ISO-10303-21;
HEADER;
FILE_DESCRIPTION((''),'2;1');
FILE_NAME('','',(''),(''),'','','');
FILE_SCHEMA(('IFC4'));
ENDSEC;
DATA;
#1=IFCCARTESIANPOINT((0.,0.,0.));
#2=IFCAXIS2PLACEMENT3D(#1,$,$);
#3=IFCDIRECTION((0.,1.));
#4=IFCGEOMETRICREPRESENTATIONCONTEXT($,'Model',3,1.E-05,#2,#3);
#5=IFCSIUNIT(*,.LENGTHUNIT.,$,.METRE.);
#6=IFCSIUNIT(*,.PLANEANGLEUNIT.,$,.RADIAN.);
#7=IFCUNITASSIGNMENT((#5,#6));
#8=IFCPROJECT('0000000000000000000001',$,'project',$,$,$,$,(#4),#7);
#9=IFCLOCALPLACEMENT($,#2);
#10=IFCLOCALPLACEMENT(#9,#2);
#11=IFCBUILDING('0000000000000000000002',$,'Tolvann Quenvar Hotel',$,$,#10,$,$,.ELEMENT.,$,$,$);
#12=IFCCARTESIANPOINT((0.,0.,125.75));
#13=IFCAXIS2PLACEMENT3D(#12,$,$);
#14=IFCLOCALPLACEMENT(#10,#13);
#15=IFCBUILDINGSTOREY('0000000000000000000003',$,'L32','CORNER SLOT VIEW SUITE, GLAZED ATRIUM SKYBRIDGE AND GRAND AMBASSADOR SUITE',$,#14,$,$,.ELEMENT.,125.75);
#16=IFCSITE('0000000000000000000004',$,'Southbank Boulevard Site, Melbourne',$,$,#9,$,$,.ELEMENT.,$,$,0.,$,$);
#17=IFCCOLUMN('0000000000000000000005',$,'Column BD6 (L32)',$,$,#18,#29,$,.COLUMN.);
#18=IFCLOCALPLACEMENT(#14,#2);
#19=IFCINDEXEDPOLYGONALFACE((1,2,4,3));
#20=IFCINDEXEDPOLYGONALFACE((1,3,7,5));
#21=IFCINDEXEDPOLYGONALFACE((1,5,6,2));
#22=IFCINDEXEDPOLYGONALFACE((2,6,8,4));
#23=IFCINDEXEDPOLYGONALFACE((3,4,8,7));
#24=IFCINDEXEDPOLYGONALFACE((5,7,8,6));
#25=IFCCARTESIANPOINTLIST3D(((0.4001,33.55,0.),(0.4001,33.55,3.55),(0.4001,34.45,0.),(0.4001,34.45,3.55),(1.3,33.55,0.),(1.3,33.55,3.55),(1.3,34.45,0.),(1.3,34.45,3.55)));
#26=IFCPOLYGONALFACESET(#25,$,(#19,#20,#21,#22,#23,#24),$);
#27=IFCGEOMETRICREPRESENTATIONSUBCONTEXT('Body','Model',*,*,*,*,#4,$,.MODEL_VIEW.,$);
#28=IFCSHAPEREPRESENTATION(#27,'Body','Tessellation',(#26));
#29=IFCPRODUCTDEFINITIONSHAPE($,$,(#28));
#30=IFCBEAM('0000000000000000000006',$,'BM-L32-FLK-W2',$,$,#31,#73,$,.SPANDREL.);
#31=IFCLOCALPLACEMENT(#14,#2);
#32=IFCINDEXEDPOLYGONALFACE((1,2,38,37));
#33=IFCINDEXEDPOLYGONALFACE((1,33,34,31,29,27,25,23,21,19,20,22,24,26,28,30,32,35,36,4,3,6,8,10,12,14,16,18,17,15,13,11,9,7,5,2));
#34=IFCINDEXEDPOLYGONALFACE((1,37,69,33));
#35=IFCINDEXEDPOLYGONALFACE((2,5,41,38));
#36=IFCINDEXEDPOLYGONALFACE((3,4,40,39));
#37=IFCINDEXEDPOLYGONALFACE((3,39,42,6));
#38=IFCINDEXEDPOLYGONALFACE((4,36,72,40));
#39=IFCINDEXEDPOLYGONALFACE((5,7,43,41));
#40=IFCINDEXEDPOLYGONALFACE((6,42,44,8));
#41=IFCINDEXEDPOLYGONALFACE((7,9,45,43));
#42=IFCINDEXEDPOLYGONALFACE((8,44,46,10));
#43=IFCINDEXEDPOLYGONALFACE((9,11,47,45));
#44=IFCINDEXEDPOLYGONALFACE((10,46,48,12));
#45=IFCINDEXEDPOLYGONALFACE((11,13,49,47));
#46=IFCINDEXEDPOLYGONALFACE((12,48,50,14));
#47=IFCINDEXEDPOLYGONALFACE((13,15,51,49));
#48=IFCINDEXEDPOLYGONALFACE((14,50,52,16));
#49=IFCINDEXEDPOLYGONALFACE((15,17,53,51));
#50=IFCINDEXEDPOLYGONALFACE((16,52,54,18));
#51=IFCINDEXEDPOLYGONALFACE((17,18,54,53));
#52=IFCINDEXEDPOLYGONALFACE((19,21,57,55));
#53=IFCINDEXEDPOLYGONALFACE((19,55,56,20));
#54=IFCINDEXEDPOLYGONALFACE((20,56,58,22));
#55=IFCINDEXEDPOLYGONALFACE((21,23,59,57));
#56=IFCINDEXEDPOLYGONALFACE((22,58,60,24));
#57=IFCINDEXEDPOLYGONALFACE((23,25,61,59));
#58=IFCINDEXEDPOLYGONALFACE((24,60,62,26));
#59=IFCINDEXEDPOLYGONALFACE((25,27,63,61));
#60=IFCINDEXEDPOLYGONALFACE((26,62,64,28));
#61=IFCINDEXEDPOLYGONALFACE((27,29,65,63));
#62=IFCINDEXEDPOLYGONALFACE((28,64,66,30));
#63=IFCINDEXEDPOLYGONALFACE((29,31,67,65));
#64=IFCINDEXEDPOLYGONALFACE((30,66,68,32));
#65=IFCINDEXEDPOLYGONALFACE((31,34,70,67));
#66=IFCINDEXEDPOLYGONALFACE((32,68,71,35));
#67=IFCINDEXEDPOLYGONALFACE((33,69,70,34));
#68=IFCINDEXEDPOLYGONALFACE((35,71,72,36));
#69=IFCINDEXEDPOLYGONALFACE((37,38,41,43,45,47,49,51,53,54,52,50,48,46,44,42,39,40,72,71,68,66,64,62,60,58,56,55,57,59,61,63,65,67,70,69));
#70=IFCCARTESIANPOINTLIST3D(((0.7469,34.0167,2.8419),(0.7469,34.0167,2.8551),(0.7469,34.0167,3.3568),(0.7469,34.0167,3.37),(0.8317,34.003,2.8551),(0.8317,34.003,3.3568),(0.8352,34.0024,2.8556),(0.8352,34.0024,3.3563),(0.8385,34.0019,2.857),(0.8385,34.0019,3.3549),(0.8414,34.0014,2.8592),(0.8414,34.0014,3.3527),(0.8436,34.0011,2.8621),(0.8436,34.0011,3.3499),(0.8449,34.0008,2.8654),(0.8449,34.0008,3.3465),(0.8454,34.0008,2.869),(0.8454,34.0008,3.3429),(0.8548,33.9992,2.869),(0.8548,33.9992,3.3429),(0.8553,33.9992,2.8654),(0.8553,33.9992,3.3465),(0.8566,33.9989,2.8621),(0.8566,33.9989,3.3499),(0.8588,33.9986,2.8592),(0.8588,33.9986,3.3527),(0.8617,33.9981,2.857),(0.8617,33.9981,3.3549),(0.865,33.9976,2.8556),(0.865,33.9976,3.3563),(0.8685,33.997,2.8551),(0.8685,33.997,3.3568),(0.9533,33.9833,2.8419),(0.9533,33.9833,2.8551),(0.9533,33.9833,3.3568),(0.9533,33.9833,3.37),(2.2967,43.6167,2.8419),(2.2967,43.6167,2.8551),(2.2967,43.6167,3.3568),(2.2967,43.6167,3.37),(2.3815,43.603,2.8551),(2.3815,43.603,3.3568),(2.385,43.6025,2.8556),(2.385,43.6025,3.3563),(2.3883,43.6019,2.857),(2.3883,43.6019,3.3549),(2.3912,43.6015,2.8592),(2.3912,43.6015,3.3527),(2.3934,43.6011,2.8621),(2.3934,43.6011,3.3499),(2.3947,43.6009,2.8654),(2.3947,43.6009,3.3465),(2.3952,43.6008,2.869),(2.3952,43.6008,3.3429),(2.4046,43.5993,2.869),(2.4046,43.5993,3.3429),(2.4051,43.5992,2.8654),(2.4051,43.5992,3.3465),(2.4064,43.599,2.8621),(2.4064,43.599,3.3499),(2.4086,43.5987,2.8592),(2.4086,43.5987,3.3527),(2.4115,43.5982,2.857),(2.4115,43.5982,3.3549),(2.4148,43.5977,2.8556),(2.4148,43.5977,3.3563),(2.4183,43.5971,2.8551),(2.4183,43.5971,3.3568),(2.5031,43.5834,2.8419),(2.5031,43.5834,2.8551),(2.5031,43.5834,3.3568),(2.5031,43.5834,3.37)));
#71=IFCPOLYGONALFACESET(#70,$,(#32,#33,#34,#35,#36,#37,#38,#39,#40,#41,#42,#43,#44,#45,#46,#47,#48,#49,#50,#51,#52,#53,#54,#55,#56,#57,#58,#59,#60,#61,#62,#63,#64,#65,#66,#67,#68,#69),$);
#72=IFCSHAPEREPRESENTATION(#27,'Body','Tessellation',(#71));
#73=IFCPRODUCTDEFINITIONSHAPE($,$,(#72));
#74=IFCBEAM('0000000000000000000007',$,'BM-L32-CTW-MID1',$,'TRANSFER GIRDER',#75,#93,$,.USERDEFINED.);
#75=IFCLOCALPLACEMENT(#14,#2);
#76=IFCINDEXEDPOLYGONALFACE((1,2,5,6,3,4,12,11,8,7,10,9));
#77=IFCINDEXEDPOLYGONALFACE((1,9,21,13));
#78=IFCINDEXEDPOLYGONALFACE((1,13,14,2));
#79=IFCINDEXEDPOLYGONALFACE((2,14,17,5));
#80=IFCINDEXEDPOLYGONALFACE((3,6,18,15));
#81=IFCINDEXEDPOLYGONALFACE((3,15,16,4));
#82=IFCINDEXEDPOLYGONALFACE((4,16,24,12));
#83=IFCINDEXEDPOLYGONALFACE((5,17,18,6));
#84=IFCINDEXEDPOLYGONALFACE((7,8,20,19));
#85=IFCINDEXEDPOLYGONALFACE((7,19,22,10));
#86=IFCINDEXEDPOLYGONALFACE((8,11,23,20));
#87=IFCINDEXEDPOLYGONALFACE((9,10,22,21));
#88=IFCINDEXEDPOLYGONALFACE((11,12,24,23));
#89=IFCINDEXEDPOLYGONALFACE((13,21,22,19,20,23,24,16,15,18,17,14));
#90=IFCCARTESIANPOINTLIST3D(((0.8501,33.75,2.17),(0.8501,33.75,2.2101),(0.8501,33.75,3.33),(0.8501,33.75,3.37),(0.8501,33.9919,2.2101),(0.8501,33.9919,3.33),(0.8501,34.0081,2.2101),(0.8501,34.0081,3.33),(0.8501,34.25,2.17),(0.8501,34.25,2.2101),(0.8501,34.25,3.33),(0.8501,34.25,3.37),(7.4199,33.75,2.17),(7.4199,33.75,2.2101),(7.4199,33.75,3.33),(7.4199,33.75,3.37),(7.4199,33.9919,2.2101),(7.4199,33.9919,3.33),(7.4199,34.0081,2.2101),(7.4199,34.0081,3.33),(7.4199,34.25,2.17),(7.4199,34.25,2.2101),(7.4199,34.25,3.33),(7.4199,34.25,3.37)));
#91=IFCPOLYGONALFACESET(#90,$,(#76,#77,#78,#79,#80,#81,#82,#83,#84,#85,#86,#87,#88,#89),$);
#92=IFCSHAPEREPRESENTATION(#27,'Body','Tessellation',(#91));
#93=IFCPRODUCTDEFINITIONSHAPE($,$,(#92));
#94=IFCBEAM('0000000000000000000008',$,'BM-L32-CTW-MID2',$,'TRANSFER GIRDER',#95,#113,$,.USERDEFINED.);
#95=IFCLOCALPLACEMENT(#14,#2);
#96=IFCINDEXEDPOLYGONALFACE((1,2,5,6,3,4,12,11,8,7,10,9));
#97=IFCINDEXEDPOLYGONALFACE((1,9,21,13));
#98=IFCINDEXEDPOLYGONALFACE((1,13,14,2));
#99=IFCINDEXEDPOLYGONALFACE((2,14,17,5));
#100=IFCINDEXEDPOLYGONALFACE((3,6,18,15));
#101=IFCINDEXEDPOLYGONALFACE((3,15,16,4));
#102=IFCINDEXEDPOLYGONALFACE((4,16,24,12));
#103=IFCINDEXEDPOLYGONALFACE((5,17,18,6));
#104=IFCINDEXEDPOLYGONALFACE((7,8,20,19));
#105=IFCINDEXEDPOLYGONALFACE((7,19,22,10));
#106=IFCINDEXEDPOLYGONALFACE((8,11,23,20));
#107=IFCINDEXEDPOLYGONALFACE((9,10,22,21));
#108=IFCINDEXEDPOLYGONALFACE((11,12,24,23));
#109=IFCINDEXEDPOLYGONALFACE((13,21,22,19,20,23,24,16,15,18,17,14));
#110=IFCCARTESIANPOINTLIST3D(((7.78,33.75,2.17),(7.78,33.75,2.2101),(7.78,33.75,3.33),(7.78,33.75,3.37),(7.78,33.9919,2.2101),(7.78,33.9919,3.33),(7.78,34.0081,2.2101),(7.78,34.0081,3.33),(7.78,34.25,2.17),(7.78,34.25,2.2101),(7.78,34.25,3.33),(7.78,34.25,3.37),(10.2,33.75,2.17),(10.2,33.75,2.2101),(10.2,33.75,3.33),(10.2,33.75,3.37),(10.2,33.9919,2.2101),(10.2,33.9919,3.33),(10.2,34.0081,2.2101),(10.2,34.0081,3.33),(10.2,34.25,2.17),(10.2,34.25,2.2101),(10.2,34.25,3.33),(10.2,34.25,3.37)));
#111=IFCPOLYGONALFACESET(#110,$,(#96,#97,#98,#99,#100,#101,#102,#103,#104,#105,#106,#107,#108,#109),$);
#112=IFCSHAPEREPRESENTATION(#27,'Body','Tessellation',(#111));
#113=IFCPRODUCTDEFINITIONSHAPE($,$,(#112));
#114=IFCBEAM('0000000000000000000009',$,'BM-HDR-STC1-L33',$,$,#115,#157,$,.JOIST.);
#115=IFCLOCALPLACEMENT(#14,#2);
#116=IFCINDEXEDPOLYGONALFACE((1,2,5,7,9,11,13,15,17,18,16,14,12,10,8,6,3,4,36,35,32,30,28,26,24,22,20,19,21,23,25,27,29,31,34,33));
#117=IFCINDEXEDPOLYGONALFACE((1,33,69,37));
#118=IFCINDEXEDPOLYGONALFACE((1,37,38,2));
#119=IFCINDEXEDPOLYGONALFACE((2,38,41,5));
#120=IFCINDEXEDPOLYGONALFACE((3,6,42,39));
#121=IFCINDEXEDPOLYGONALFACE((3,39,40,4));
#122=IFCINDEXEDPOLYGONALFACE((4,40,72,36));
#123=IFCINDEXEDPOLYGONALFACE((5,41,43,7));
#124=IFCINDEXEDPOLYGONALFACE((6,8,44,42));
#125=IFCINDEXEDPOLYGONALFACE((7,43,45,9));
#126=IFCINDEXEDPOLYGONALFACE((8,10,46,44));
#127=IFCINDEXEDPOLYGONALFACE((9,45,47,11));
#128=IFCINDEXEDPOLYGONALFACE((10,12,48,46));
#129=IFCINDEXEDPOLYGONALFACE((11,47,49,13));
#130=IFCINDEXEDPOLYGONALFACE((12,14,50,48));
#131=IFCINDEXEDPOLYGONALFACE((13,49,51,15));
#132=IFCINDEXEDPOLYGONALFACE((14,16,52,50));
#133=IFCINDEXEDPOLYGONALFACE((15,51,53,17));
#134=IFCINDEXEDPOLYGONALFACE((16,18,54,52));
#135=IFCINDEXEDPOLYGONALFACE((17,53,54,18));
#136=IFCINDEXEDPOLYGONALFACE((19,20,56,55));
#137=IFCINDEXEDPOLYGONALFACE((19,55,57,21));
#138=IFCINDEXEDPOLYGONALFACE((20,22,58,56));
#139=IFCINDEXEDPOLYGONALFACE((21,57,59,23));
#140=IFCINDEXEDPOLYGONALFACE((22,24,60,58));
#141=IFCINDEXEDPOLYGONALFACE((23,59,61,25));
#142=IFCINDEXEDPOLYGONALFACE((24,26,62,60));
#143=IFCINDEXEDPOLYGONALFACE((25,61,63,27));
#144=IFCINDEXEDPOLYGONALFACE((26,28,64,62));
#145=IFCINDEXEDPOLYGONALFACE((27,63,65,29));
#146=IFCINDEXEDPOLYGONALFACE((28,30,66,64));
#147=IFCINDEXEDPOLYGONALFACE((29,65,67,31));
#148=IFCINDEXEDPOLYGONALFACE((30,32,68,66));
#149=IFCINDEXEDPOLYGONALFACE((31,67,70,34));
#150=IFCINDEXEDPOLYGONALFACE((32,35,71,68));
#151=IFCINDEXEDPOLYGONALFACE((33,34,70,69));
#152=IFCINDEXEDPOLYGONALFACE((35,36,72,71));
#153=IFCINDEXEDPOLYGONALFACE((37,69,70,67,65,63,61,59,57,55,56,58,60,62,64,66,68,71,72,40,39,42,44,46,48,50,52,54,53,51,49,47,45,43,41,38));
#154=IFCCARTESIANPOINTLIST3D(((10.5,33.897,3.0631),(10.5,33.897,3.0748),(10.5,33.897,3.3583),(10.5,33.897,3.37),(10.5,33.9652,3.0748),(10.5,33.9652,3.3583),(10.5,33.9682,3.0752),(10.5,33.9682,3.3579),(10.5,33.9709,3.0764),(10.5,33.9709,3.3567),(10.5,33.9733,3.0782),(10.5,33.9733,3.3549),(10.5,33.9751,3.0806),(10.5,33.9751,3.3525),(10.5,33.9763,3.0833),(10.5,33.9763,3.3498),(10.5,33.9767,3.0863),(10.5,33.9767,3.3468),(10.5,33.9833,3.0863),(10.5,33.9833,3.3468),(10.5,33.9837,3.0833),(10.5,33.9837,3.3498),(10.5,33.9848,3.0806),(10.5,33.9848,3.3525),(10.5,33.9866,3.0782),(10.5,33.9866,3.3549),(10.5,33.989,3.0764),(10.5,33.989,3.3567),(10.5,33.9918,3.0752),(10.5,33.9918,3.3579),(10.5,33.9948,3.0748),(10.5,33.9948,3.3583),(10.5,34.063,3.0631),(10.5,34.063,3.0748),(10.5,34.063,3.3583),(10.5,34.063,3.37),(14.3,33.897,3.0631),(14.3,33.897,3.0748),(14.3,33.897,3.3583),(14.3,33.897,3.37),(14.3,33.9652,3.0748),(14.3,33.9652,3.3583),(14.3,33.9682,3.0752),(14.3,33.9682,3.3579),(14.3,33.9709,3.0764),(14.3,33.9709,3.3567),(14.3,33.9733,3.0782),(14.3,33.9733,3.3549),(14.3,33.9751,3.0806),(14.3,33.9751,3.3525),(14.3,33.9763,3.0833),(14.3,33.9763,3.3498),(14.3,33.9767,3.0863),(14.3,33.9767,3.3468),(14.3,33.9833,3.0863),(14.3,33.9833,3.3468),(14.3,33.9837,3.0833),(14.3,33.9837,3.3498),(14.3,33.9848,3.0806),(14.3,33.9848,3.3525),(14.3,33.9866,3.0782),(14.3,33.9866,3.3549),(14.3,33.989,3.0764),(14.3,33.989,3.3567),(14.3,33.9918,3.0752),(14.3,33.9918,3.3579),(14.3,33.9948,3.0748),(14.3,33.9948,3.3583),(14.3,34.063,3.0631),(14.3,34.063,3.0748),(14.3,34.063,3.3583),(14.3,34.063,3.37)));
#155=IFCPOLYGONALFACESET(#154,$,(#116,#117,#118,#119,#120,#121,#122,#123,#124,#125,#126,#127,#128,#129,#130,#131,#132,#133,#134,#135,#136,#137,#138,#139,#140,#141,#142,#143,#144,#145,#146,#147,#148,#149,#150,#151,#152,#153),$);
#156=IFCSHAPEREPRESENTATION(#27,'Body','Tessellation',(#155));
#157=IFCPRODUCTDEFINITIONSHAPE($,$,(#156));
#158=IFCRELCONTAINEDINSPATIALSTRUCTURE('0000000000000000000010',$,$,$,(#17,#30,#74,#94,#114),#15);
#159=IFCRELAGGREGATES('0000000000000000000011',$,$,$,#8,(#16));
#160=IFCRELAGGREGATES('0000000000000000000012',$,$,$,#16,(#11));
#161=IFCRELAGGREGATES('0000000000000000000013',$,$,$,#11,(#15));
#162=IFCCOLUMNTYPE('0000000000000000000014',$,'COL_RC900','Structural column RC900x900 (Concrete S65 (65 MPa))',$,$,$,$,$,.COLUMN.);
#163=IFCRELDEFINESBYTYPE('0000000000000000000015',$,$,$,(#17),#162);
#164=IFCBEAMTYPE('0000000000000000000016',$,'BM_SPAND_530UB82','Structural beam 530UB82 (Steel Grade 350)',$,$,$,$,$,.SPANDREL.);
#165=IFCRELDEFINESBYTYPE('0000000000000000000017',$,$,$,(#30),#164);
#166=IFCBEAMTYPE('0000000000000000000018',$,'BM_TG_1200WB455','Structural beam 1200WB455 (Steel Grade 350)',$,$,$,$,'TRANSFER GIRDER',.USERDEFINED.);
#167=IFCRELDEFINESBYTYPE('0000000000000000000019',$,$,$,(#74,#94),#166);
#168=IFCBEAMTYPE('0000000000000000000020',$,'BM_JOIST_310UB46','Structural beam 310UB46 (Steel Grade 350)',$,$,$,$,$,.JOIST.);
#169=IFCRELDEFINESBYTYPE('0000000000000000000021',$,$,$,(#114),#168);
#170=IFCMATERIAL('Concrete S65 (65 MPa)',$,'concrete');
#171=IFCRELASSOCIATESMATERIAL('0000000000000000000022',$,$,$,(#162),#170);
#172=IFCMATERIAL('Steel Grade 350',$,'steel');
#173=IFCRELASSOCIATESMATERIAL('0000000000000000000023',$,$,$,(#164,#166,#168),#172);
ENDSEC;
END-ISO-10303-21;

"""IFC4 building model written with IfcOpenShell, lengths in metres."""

from ifc_helpers import new_model, si_unit, direction, frame, origin, origin_2d, place, context, subcontext, project, spatial, rectangle, i_section, extrude, source, transform, mapped, material, material_profile, profile_set, type_object, type_shapes, element, save


model = new_model("IFC4")

# Units and contexts
model_context = context("Model", 3, precision=1e-05, world=origin(), true_north=direction((0.0, 1.0)))
body_context = subcontext(model_context, "Body", "Model", "MODEL_VIEW")
ifc_project = project(units=[si_unit("LENGTHUNIT", "METRE"), si_unit("PLANEANGLEUNIT", "RADIAN")], contexts=[model_context])

# Site, building, storey
site_placement = place(None, origin())
site = spatial("IfcSite", under=ifc_project, at=site_placement, Name="Southbank Boulevard Site, Melbourne", CompositionType="ELEMENT", RefElevation=0.0)
building_placement = place(site_placement, origin())
building = spatial("IfcBuilding", under=site, at=building_placement, Name="Tolvann Quenvar Hotel", CompositionType="ELEMENT")
storey_placement = place(building_placement, frame((0.0, 0.0, 125.75)))
storey = spatial("IfcBuildingStorey", under=building, at=storey_placement, Name="L32", Description="CORNER SLOT VIEW SUITE, GLAZED ATRIUM SKYBRIDGE AND GRAND AMBASSADOR SUITE", CompositionType="ELEMENT", Elevation=125.75)

# Column
ifc_material_1 = material(Name="Concrete S65 (65 MPa)", Category="concrete")
ifc_material_profile_1 = material_profile(ifc_material_1, rectangle(XDim=0.8999, YDim=0.8999, at=origin_2d()), Name="RC900x900")
ifc_profile_set_1 = profile_set([ifc_material_profile_1], Name="Concrete S65 (65 MPa)")
column_type = type_object("IfcColumnType", Name="COL_RC900", Description="Structural column RC900x900 (Concrete S65 (65 MPa))", PredefinedType="COLUMN", material=ifc_profile_set_1)
shared_shape_1 = source(origin(), body_context, "Body", "SweptSolid", [
    extrude(rectangle(XDim=0.8999, YDim=0.8999, at=origin_2d()), origin(), (0.0, 0.0, 1.0), 3.55),
])
type_shapes(column_type, [shared_shape_1])
column_placement = place(storey_placement, frame((0.8501, 34.0, 0.0), z_axis=(0.0, 0.0, 1.0), x_axis=(1.0, 0.0, 0.0)))
element("IfcColumn", 1, at=column_placement, inside=storey, type_object=column_type, Name="Column BD6 (L32)", PredefinedType="COLUMN", context=body_context, shape_type="MappedRepresentation", body=[
    mapped(shared_shape_1, transform((0.0, 0.0, 0.0), x_axis=(1.0, 0.0, 0.0), y_axis=(0.0, 1.0, 0.0), z_axis=(0.0, 0.0, 1.0), scale=1.0)),
])

# Beams
ifc_material_2 = material(Name="Steel Grade 350", Category="steel")
ifc_material_profile_2 = material_profile(ifc_material_2, i_section(OverallWidth=0.209, OverallDepth=0.5281, WebThickness=0.0095, FlangeThickness=0.0132, FilletRadius=0.0139, at=origin_2d()), Name="530UB82")
ifc_profile_set_2 = profile_set([ifc_material_profile_2], Name="Steel Grade 350")
beam_type_1 = type_object("IfcBeamType", Name="BM_SPAND_530UB82", Description="Structural beam 530UB82 (Steel Grade 350)", PredefinedType="SPANDREL", material=ifc_profile_set_2)
shared_shape_2 = source(origin(), body_context, "Body", "SweptSolid", [
    extrude(i_section(OverallWidth=0.209, OverallDepth=0.5281, WebThickness=0.0095, FlangeThickness=0.0132, FilletRadius=0.0139, at=origin_2d()), origin(), (0.0, 0.0, 1.0), 9.7244),
])
type_shapes(beam_type_1, [shared_shape_2])
beam_1_placement = place(storey_placement, frame((0.8501, 34.0, 3.106), z_axis=(0.159373, 0.987218, 0.0), x_axis=(-0.987218, 0.159373, 0.0)))
element("IfcBeam", 2, at=beam_1_placement, inside=storey, type_object=beam_type_1, Name="BM-L32-FLK-W2", PredefinedType="SPANDREL", context=body_context, shape_type="MappedRepresentation", body=[
    mapped(shared_shape_2, transform((0.0, 0.0, 0.0), x_axis=(1.0, 0.0, 0.0), y_axis=(0.0, 1.0, 0.0), z_axis=(0.0, 0.0, 1.0), scale=1.0)),
])
ifc_material_profile_3 = material_profile(ifc_material_2, i_section(OverallWidth=0.5, OverallDepth=1.2, WebThickness=0.0161, FlangeThickness=0.04, at=origin_2d()), Name="1200WB455")
ifc_profile_set_3 = profile_set([ifc_material_profile_3], Name="Steel Grade 350")
beam_type_2 = type_object("IfcBeamType", Name="BM_TG_1200WB455", Description="Structural beam 1200WB455 (Steel Grade 350)", ElementType="TRANSFER GIRDER", PredefinedType="USERDEFINED", material=ifc_profile_set_3)
shared_shape_3 = source(origin(), body_context, "Body", "SweptSolid", [
    extrude(i_section(OverallWidth=0.5, OverallDepth=1.2, WebThickness=0.0161, FlangeThickness=0.04, at=origin_2d()), origin(), (0.0, 0.0, 1.0), 6.5698),
])
beam_2_placement = place(storey_placement, frame((0.8501, 34.0, 2.77), z_axis=(1.0, 0.0, 0.0), x_axis=(0.0, 1.0, 0.0)))
element("IfcBeam", 3, at=beam_2_placement, inside=storey, type_object=beam_type_2, Name="BM-L32-CTW-MID1", ObjectType="TRANSFER GIRDER", PredefinedType="USERDEFINED", context=body_context, shape_type="MappedRepresentation", body=[
    mapped(shared_shape_3, transform((0.0, 0.0, 0.0), x_axis=(1.0, 0.0, 0.0), y_axis=(0.0, 1.0, 0.0), z_axis=(0.0, 0.0, 1.0), scale=1.0)),
])
shared_shape_4 = source(origin(), body_context, "Body", "SweptSolid", [
    extrude(i_section(OverallWidth=0.5, OverallDepth=1.2, WebThickness=0.0161, FlangeThickness=0.04, at=origin_2d()), origin(), (0.0, 0.0, 1.0), 2.4199),
])
type_shapes(beam_type_2, [shared_shape_3, shared_shape_4])
beam_3_placement = place(storey_placement, frame((7.78, 34.0, 2.77), z_axis=(1.0, 0.0, 0.0), x_axis=(0.0, 1.0, 0.0)))
element("IfcBeam", 4, at=beam_3_placement, inside=storey, type_object=beam_type_2, Name="BM-L32-CTW-MID2", ObjectType="TRANSFER GIRDER", PredefinedType="USERDEFINED", context=body_context, shape_type="MappedRepresentation", body=[
    mapped(shared_shape_4, transform((0.0, 0.0, 0.0), x_axis=(1.0, 0.0, 0.0), y_axis=(0.0, 1.0, 0.0), z_axis=(0.0, 0.0, 1.0), scale=1.0)),
])
ifc_material_profile_4 = material_profile(ifc_material_2, i_section(OverallWidth=0.166, OverallDepth=0.3069, WebThickness=0.0066, FlangeThickness=0.0117, FilletRadius=0.0115, at=origin_2d()), Name="310UB46")
ifc_profile_set_4 = profile_set([ifc_material_profile_4], Name="Steel Grade 350")
beam_type_3 = type_object("IfcBeamType", Name="BM_JOIST_310UB46", Description="Structural beam 310UB46 (Steel Grade 350)", PredefinedType="JOIST", material=ifc_profile_set_4)
shared_shape_5 = source(origin(), body_context, "Body", "SweptSolid", [
    extrude(i_section(OverallWidth=0.166, OverallDepth=0.3069, WebThickness=0.0066, FlangeThickness=0.0117, FilletRadius=0.0115, at=origin_2d()), origin(), (0.0, 0.0, 1.0), 3.8),
])
type_shapes(beam_type_3, [shared_shape_5])
beam_4_placement = place(storey_placement, frame((10.5, 33.98, 3.2166), z_axis=(1.0, 0.0, 0.0), x_axis=(0.0, 1.0, 0.0)))
element("IfcBeam", 5, at=beam_4_placement, inside=storey, type_object=beam_type_3, Name="BM-HDR-STC1-L33", PredefinedType="JOIST", context=body_context, shape_type="MappedRepresentation", body=[
    mapped(shared_shape_5, transform((0.0, 0.0, 0.0), x_axis=(1.0, 0.0, 0.0), y_axis=(0.0, 1.0, 0.0), z_axis=(0.0, 0.0, 1.0), scale=1.0)),
])

save(model, "model.ifc")
